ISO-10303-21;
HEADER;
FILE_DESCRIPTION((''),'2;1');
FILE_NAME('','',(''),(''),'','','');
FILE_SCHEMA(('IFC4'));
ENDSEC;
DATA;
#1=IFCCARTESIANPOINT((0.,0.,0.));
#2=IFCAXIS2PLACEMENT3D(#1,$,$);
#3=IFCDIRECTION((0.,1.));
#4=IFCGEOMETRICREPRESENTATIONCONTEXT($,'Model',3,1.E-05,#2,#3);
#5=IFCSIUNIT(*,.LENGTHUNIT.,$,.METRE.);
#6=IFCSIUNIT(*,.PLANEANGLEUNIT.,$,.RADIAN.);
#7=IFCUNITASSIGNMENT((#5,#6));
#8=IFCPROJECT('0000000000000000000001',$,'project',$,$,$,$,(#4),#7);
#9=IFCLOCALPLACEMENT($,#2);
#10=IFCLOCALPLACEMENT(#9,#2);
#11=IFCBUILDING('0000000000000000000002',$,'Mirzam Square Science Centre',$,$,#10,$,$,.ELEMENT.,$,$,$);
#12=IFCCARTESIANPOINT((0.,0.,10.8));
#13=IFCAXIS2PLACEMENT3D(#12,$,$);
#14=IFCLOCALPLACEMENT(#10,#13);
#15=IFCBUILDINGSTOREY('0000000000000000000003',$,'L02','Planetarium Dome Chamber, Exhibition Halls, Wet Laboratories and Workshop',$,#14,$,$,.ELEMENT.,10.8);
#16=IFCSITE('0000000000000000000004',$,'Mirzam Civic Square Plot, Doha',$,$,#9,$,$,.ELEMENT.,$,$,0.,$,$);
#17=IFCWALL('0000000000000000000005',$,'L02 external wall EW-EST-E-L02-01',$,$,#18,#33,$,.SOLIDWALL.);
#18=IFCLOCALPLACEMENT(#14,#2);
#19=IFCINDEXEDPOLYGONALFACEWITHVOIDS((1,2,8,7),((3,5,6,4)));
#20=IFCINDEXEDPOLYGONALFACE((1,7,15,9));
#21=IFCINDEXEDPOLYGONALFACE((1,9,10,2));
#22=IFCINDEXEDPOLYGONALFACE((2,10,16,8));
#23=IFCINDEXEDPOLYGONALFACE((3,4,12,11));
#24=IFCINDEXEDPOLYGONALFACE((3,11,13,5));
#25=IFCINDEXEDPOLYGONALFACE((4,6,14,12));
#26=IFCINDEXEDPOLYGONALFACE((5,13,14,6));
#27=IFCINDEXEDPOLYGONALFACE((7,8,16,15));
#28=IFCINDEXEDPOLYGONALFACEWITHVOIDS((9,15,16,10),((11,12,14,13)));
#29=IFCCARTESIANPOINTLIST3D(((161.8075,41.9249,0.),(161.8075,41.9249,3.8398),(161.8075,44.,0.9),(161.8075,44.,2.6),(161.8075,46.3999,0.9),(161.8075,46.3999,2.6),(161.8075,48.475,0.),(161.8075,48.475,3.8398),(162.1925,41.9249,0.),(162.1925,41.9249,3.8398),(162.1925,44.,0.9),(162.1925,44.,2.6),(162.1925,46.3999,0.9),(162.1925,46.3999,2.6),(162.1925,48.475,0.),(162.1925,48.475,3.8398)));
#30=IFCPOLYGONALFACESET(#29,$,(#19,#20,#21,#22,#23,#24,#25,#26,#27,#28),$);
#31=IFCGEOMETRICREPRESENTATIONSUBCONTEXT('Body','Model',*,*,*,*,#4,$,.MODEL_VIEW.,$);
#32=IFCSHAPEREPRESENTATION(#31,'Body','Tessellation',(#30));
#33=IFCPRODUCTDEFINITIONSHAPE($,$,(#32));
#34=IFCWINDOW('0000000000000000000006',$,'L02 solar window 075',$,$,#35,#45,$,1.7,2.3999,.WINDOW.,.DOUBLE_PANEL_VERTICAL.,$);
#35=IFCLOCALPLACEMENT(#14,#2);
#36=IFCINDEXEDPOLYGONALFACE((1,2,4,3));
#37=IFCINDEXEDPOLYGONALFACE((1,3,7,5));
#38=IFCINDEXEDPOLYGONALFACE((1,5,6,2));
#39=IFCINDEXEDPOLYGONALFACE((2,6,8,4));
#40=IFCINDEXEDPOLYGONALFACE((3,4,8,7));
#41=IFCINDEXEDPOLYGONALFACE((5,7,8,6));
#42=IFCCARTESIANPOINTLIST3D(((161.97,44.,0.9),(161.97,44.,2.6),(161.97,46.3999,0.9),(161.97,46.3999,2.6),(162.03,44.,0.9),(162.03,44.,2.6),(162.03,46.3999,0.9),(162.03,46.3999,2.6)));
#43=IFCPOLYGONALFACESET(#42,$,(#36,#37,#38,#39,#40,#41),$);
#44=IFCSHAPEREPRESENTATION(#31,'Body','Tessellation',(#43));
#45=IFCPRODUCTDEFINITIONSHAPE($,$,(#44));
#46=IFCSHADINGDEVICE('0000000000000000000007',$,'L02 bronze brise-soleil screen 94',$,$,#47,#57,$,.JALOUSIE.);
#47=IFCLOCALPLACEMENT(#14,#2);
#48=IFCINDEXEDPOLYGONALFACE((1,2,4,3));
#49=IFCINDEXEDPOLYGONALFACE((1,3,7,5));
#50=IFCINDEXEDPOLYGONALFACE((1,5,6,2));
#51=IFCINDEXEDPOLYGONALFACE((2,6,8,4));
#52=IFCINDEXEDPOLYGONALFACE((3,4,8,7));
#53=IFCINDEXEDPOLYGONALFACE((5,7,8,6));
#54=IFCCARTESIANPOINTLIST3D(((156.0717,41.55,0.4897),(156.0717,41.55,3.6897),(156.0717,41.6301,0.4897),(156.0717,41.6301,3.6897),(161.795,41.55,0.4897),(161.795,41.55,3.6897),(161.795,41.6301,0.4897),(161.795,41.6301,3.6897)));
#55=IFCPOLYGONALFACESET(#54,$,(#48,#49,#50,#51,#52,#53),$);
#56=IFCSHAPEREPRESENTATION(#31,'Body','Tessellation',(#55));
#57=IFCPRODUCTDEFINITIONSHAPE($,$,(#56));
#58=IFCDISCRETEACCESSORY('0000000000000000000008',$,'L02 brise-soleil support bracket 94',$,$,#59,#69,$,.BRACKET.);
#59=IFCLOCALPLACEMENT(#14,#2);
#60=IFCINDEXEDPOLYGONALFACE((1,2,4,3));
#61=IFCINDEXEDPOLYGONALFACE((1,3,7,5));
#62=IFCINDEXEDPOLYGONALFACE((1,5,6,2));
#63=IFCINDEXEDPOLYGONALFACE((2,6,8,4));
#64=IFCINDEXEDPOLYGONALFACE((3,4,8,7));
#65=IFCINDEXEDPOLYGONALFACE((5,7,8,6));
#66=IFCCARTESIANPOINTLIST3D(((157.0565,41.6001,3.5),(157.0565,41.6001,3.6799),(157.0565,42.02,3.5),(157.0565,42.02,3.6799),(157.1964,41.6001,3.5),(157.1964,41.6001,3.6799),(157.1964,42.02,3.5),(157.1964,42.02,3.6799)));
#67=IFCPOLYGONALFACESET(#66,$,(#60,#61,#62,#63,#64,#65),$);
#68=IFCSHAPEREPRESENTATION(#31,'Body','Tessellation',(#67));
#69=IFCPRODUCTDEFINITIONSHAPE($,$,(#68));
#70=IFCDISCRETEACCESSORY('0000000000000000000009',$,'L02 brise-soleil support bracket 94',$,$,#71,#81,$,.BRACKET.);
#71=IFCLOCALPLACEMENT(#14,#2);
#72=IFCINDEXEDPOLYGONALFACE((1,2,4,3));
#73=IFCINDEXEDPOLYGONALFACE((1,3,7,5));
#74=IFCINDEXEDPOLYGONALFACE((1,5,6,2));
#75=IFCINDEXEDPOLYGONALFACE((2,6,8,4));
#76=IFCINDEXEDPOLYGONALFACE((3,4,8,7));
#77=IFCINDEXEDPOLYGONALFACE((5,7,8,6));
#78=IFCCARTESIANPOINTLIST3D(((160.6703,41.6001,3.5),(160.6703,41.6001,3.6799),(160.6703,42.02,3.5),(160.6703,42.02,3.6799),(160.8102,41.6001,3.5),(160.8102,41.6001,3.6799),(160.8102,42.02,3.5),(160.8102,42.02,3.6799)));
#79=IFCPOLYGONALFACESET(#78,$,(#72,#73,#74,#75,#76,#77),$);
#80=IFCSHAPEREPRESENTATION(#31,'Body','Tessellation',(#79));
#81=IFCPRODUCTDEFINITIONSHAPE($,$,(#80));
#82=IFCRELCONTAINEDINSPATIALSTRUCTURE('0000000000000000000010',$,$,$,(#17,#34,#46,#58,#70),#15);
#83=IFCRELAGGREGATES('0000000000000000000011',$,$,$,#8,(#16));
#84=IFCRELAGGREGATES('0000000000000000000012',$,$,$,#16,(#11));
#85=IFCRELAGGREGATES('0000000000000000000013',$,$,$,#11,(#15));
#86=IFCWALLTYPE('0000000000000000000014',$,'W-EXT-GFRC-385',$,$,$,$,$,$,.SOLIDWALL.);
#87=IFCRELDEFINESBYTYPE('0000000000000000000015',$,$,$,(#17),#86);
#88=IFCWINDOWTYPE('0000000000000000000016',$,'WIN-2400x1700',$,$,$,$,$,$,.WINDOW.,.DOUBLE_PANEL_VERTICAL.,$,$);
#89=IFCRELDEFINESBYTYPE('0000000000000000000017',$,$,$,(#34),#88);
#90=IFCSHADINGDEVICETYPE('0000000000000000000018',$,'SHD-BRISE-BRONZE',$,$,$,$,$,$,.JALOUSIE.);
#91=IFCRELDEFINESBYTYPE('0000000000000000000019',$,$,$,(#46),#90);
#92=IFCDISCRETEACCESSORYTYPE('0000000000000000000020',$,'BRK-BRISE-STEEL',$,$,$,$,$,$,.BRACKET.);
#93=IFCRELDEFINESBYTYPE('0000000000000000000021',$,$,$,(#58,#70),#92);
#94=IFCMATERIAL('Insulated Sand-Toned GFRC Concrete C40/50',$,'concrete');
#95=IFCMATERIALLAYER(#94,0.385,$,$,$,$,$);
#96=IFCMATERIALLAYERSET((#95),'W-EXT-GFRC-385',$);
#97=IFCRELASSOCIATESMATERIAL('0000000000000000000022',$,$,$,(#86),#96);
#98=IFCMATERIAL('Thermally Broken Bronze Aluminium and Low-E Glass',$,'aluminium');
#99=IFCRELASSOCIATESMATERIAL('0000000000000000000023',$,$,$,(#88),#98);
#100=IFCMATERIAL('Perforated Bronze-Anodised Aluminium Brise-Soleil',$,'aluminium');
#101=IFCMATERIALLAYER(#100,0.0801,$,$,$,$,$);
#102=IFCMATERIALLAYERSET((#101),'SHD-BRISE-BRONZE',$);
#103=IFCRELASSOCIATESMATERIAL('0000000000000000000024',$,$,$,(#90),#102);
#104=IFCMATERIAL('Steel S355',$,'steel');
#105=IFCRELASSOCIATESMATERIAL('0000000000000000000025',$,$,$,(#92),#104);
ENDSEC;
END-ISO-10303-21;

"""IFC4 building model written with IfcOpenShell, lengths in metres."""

from ifc_helpers import new_model, si_unit, direction, frame, frame_2d, origin, origin_2d, place, context, subcontext, project, spatial, rectangle, extrude, material, layer, layer_set, type_object, element, fill, save


model = new_model("IFC4")

# Units and contexts
model_context = context("Model", 3, precision=1e-05, world=origin(), true_north=direction((0.0, 1.0)))
body_context = subcontext(model_context, "Body", "Model", "MODEL_VIEW")
ifc_project = project(units=[si_unit("LENGTHUNIT", "METRE"), si_unit("PLANEANGLEUNIT", "RADIAN")], contexts=[model_context])

# Site, building, storey
site_placement = place(None, origin())
site = spatial("IfcSite", under=ifc_project, at=site_placement, Name="Mirzam Civic Square Plot, Doha", CompositionType="ELEMENT", RefElevation=0.0)
building_placement = place(site_placement, origin())
building = spatial("IfcBuilding", under=site, at=building_placement, Name="Mirzam Square Science Centre", CompositionType="ELEMENT")
storey_placement = place(building_placement, frame((0.0, 0.0, 10.8)))
storey = spatial("IfcBuildingStorey", under=building, at=storey_placement, Name="L02", Description="Planetarium Dome Chamber, Exhibition Halls, Wet Laboratories and Workshop", CompositionType="ELEMENT", Elevation=10.8)

# Shared definitions
ifc_material_1 = material(Name="Steel S355", Category="steel")

# Wall, opening, window
ifc_material_2 = material(Name="Insulated Sand-Toned GFRC Concrete C40/50", Category="concrete")
ifc_layer_1 = layer(ifc_material_2, 0.385)
ifc_layer_set_1 = layer_set([ifc_layer_1], Name="W-EXT-GFRC-385")
wall_type_1 = type_object("IfcWallType", Name="W-EXT-GFRC-385", PredefinedType="SOLIDWALL", material=ifc_layer_set_1)
wall_placement = place(storey_placement, frame((162.0, 41.925, 0.0), z_axis=(0.0, 0.0, 1.0), x_axis=(0.0, 1.0, 0.0)))
wall = element("IfcWall", 1, at=wall_placement, inside=storey, type_object=wall_type_1, Name="L02 external wall EW-EST-E-L02-01", PredefinedType="SOLIDWALL", context=body_context, shape_type="SweptSolid", body=[
    extrude(rectangle(XDim=6.55, YDim=0.385, at=frame_2d((3.2749, 0.0))), origin(), (0.0, 0.0, 1.0), 3.8398),
])
opening_placement = place(wall_placement, frame((2.075, 0.0, 0.8999)))
opening = element("IfcOpeningElement", 2, at=opening_placement, cuts=wall, PredefinedType="OPENING", context=body_context, shape_type="SweptSolid", body=[
    extrude(rectangle(XDim=2.3999, YDim=1.7, at=frame_2d((1.2, 0.8501))), frame((0.0, 0.2024, 0.0), z_axis=(0.0, -1.0, 0.0), x_axis=(1.0, 0.0, 0.0)), (0.0, 0.0, 1.0), 0.405),
])
ifc_material_3 = material(Name="Thermally Broken Bronze Aluminium and Low-E Glass", Category="aluminium")
window_type = type_object("IfcWindowType", Name="WIN-2400x1700", PartitioningType="DOUBLE_PANEL_VERTICAL", PredefinedType="WINDOW", material=ifc_material_3)
window_placement = place(opening_placement, origin())
window = element("IfcWindow", 3, at=window_placement, inside=storey, type_object=window_type, Name="L02 solar window 075", OverallHeight=1.7, OverallWidth=2.3999, PartitioningType="DOUBLE_PANEL_VERTICAL", PredefinedType="WINDOW", context=body_context, shape_type="SweptSolid", body=[
    extrude(rectangle(XDim=2.3999, YDim=1.7, at=frame_2d((1.2, 0.8501))), frame((0.0, 0.03, 0.0), z_axis=(0.0, -1.0, 0.0), x_axis=(1.0, 0.0, 0.0)), (0.0, 0.0, 1.0), 0.0601),
])
fill(opening, window)

# Shading device
ifc_material_4 = material(Name="Perforated Bronze-Anodised Aluminium Brise-Soleil", Category="aluminium")
ifc_layer_2 = layer(ifc_material_4, 0.0801)
ifc_layer_set_2 = layer_set([ifc_layer_2], Name="SHD-BRISE-BRONZE")
shading_device_type = type_object("IfcShadingDeviceType", Name="SHD-BRISE-BRONZE", PredefinedType="JALOUSIE", material=ifc_layer_set_2)
shading_device_placement = place(storey_placement, frame((158.9333, 41.5901, 0.4897), z_axis=(0.0, 0.0, 1.0), x_axis=(1.0, 0.0, 0.0)))
element("IfcShadingDevice", 4, at=shading_device_placement, inside=storey, type_object=shading_device_type, Name="L02 bronze brise-soleil screen 94", PredefinedType="JALOUSIE", context=body_context, shape_type="SweptSolid", body=[
    extrude(rectangle(XDim=5.7234, YDim=0.0801, at=origin_2d()), origin(), (0.0, 0.0, 1.0), 3.2),
])

# Discrete accessories
discrete_accessory_type = type_object("IfcDiscreteAccessoryType", Name="BRK-BRISE-STEEL", PredefinedType="BRACKET", material=ifc_material_1)
for number, where, z_axis, x_axis, name in (
    (5, (157.1265, 41.8101, 3.5), (0.0, 0.0, 1.0), (1.0, 0.0, 0.0), "L02 brise-soleil support bracket 94"),
    (6, (160.7402, 41.8101, 3.5), (0.0, 0.0, 1.0), (1.0, 0.0, 0.0), "L02 brise-soleil support bracket 94"),
):
    element("IfcDiscreteAccessory", number, at=place(storey_placement, frame(where, z_axis=z_axis, x_axis=x_axis)), inside=storey, type_object=discrete_accessory_type, Name=name, PredefinedType="BRACKET", context=body_context, shape_type="SweptSolid", body=[
        extrude(rectangle(XDim=0.1399, YDim=0.4199, at=origin_2d()), origin(), (0.0, 0.0, 1.0), 0.1799),
    ])

save(model, "model.ifc")
